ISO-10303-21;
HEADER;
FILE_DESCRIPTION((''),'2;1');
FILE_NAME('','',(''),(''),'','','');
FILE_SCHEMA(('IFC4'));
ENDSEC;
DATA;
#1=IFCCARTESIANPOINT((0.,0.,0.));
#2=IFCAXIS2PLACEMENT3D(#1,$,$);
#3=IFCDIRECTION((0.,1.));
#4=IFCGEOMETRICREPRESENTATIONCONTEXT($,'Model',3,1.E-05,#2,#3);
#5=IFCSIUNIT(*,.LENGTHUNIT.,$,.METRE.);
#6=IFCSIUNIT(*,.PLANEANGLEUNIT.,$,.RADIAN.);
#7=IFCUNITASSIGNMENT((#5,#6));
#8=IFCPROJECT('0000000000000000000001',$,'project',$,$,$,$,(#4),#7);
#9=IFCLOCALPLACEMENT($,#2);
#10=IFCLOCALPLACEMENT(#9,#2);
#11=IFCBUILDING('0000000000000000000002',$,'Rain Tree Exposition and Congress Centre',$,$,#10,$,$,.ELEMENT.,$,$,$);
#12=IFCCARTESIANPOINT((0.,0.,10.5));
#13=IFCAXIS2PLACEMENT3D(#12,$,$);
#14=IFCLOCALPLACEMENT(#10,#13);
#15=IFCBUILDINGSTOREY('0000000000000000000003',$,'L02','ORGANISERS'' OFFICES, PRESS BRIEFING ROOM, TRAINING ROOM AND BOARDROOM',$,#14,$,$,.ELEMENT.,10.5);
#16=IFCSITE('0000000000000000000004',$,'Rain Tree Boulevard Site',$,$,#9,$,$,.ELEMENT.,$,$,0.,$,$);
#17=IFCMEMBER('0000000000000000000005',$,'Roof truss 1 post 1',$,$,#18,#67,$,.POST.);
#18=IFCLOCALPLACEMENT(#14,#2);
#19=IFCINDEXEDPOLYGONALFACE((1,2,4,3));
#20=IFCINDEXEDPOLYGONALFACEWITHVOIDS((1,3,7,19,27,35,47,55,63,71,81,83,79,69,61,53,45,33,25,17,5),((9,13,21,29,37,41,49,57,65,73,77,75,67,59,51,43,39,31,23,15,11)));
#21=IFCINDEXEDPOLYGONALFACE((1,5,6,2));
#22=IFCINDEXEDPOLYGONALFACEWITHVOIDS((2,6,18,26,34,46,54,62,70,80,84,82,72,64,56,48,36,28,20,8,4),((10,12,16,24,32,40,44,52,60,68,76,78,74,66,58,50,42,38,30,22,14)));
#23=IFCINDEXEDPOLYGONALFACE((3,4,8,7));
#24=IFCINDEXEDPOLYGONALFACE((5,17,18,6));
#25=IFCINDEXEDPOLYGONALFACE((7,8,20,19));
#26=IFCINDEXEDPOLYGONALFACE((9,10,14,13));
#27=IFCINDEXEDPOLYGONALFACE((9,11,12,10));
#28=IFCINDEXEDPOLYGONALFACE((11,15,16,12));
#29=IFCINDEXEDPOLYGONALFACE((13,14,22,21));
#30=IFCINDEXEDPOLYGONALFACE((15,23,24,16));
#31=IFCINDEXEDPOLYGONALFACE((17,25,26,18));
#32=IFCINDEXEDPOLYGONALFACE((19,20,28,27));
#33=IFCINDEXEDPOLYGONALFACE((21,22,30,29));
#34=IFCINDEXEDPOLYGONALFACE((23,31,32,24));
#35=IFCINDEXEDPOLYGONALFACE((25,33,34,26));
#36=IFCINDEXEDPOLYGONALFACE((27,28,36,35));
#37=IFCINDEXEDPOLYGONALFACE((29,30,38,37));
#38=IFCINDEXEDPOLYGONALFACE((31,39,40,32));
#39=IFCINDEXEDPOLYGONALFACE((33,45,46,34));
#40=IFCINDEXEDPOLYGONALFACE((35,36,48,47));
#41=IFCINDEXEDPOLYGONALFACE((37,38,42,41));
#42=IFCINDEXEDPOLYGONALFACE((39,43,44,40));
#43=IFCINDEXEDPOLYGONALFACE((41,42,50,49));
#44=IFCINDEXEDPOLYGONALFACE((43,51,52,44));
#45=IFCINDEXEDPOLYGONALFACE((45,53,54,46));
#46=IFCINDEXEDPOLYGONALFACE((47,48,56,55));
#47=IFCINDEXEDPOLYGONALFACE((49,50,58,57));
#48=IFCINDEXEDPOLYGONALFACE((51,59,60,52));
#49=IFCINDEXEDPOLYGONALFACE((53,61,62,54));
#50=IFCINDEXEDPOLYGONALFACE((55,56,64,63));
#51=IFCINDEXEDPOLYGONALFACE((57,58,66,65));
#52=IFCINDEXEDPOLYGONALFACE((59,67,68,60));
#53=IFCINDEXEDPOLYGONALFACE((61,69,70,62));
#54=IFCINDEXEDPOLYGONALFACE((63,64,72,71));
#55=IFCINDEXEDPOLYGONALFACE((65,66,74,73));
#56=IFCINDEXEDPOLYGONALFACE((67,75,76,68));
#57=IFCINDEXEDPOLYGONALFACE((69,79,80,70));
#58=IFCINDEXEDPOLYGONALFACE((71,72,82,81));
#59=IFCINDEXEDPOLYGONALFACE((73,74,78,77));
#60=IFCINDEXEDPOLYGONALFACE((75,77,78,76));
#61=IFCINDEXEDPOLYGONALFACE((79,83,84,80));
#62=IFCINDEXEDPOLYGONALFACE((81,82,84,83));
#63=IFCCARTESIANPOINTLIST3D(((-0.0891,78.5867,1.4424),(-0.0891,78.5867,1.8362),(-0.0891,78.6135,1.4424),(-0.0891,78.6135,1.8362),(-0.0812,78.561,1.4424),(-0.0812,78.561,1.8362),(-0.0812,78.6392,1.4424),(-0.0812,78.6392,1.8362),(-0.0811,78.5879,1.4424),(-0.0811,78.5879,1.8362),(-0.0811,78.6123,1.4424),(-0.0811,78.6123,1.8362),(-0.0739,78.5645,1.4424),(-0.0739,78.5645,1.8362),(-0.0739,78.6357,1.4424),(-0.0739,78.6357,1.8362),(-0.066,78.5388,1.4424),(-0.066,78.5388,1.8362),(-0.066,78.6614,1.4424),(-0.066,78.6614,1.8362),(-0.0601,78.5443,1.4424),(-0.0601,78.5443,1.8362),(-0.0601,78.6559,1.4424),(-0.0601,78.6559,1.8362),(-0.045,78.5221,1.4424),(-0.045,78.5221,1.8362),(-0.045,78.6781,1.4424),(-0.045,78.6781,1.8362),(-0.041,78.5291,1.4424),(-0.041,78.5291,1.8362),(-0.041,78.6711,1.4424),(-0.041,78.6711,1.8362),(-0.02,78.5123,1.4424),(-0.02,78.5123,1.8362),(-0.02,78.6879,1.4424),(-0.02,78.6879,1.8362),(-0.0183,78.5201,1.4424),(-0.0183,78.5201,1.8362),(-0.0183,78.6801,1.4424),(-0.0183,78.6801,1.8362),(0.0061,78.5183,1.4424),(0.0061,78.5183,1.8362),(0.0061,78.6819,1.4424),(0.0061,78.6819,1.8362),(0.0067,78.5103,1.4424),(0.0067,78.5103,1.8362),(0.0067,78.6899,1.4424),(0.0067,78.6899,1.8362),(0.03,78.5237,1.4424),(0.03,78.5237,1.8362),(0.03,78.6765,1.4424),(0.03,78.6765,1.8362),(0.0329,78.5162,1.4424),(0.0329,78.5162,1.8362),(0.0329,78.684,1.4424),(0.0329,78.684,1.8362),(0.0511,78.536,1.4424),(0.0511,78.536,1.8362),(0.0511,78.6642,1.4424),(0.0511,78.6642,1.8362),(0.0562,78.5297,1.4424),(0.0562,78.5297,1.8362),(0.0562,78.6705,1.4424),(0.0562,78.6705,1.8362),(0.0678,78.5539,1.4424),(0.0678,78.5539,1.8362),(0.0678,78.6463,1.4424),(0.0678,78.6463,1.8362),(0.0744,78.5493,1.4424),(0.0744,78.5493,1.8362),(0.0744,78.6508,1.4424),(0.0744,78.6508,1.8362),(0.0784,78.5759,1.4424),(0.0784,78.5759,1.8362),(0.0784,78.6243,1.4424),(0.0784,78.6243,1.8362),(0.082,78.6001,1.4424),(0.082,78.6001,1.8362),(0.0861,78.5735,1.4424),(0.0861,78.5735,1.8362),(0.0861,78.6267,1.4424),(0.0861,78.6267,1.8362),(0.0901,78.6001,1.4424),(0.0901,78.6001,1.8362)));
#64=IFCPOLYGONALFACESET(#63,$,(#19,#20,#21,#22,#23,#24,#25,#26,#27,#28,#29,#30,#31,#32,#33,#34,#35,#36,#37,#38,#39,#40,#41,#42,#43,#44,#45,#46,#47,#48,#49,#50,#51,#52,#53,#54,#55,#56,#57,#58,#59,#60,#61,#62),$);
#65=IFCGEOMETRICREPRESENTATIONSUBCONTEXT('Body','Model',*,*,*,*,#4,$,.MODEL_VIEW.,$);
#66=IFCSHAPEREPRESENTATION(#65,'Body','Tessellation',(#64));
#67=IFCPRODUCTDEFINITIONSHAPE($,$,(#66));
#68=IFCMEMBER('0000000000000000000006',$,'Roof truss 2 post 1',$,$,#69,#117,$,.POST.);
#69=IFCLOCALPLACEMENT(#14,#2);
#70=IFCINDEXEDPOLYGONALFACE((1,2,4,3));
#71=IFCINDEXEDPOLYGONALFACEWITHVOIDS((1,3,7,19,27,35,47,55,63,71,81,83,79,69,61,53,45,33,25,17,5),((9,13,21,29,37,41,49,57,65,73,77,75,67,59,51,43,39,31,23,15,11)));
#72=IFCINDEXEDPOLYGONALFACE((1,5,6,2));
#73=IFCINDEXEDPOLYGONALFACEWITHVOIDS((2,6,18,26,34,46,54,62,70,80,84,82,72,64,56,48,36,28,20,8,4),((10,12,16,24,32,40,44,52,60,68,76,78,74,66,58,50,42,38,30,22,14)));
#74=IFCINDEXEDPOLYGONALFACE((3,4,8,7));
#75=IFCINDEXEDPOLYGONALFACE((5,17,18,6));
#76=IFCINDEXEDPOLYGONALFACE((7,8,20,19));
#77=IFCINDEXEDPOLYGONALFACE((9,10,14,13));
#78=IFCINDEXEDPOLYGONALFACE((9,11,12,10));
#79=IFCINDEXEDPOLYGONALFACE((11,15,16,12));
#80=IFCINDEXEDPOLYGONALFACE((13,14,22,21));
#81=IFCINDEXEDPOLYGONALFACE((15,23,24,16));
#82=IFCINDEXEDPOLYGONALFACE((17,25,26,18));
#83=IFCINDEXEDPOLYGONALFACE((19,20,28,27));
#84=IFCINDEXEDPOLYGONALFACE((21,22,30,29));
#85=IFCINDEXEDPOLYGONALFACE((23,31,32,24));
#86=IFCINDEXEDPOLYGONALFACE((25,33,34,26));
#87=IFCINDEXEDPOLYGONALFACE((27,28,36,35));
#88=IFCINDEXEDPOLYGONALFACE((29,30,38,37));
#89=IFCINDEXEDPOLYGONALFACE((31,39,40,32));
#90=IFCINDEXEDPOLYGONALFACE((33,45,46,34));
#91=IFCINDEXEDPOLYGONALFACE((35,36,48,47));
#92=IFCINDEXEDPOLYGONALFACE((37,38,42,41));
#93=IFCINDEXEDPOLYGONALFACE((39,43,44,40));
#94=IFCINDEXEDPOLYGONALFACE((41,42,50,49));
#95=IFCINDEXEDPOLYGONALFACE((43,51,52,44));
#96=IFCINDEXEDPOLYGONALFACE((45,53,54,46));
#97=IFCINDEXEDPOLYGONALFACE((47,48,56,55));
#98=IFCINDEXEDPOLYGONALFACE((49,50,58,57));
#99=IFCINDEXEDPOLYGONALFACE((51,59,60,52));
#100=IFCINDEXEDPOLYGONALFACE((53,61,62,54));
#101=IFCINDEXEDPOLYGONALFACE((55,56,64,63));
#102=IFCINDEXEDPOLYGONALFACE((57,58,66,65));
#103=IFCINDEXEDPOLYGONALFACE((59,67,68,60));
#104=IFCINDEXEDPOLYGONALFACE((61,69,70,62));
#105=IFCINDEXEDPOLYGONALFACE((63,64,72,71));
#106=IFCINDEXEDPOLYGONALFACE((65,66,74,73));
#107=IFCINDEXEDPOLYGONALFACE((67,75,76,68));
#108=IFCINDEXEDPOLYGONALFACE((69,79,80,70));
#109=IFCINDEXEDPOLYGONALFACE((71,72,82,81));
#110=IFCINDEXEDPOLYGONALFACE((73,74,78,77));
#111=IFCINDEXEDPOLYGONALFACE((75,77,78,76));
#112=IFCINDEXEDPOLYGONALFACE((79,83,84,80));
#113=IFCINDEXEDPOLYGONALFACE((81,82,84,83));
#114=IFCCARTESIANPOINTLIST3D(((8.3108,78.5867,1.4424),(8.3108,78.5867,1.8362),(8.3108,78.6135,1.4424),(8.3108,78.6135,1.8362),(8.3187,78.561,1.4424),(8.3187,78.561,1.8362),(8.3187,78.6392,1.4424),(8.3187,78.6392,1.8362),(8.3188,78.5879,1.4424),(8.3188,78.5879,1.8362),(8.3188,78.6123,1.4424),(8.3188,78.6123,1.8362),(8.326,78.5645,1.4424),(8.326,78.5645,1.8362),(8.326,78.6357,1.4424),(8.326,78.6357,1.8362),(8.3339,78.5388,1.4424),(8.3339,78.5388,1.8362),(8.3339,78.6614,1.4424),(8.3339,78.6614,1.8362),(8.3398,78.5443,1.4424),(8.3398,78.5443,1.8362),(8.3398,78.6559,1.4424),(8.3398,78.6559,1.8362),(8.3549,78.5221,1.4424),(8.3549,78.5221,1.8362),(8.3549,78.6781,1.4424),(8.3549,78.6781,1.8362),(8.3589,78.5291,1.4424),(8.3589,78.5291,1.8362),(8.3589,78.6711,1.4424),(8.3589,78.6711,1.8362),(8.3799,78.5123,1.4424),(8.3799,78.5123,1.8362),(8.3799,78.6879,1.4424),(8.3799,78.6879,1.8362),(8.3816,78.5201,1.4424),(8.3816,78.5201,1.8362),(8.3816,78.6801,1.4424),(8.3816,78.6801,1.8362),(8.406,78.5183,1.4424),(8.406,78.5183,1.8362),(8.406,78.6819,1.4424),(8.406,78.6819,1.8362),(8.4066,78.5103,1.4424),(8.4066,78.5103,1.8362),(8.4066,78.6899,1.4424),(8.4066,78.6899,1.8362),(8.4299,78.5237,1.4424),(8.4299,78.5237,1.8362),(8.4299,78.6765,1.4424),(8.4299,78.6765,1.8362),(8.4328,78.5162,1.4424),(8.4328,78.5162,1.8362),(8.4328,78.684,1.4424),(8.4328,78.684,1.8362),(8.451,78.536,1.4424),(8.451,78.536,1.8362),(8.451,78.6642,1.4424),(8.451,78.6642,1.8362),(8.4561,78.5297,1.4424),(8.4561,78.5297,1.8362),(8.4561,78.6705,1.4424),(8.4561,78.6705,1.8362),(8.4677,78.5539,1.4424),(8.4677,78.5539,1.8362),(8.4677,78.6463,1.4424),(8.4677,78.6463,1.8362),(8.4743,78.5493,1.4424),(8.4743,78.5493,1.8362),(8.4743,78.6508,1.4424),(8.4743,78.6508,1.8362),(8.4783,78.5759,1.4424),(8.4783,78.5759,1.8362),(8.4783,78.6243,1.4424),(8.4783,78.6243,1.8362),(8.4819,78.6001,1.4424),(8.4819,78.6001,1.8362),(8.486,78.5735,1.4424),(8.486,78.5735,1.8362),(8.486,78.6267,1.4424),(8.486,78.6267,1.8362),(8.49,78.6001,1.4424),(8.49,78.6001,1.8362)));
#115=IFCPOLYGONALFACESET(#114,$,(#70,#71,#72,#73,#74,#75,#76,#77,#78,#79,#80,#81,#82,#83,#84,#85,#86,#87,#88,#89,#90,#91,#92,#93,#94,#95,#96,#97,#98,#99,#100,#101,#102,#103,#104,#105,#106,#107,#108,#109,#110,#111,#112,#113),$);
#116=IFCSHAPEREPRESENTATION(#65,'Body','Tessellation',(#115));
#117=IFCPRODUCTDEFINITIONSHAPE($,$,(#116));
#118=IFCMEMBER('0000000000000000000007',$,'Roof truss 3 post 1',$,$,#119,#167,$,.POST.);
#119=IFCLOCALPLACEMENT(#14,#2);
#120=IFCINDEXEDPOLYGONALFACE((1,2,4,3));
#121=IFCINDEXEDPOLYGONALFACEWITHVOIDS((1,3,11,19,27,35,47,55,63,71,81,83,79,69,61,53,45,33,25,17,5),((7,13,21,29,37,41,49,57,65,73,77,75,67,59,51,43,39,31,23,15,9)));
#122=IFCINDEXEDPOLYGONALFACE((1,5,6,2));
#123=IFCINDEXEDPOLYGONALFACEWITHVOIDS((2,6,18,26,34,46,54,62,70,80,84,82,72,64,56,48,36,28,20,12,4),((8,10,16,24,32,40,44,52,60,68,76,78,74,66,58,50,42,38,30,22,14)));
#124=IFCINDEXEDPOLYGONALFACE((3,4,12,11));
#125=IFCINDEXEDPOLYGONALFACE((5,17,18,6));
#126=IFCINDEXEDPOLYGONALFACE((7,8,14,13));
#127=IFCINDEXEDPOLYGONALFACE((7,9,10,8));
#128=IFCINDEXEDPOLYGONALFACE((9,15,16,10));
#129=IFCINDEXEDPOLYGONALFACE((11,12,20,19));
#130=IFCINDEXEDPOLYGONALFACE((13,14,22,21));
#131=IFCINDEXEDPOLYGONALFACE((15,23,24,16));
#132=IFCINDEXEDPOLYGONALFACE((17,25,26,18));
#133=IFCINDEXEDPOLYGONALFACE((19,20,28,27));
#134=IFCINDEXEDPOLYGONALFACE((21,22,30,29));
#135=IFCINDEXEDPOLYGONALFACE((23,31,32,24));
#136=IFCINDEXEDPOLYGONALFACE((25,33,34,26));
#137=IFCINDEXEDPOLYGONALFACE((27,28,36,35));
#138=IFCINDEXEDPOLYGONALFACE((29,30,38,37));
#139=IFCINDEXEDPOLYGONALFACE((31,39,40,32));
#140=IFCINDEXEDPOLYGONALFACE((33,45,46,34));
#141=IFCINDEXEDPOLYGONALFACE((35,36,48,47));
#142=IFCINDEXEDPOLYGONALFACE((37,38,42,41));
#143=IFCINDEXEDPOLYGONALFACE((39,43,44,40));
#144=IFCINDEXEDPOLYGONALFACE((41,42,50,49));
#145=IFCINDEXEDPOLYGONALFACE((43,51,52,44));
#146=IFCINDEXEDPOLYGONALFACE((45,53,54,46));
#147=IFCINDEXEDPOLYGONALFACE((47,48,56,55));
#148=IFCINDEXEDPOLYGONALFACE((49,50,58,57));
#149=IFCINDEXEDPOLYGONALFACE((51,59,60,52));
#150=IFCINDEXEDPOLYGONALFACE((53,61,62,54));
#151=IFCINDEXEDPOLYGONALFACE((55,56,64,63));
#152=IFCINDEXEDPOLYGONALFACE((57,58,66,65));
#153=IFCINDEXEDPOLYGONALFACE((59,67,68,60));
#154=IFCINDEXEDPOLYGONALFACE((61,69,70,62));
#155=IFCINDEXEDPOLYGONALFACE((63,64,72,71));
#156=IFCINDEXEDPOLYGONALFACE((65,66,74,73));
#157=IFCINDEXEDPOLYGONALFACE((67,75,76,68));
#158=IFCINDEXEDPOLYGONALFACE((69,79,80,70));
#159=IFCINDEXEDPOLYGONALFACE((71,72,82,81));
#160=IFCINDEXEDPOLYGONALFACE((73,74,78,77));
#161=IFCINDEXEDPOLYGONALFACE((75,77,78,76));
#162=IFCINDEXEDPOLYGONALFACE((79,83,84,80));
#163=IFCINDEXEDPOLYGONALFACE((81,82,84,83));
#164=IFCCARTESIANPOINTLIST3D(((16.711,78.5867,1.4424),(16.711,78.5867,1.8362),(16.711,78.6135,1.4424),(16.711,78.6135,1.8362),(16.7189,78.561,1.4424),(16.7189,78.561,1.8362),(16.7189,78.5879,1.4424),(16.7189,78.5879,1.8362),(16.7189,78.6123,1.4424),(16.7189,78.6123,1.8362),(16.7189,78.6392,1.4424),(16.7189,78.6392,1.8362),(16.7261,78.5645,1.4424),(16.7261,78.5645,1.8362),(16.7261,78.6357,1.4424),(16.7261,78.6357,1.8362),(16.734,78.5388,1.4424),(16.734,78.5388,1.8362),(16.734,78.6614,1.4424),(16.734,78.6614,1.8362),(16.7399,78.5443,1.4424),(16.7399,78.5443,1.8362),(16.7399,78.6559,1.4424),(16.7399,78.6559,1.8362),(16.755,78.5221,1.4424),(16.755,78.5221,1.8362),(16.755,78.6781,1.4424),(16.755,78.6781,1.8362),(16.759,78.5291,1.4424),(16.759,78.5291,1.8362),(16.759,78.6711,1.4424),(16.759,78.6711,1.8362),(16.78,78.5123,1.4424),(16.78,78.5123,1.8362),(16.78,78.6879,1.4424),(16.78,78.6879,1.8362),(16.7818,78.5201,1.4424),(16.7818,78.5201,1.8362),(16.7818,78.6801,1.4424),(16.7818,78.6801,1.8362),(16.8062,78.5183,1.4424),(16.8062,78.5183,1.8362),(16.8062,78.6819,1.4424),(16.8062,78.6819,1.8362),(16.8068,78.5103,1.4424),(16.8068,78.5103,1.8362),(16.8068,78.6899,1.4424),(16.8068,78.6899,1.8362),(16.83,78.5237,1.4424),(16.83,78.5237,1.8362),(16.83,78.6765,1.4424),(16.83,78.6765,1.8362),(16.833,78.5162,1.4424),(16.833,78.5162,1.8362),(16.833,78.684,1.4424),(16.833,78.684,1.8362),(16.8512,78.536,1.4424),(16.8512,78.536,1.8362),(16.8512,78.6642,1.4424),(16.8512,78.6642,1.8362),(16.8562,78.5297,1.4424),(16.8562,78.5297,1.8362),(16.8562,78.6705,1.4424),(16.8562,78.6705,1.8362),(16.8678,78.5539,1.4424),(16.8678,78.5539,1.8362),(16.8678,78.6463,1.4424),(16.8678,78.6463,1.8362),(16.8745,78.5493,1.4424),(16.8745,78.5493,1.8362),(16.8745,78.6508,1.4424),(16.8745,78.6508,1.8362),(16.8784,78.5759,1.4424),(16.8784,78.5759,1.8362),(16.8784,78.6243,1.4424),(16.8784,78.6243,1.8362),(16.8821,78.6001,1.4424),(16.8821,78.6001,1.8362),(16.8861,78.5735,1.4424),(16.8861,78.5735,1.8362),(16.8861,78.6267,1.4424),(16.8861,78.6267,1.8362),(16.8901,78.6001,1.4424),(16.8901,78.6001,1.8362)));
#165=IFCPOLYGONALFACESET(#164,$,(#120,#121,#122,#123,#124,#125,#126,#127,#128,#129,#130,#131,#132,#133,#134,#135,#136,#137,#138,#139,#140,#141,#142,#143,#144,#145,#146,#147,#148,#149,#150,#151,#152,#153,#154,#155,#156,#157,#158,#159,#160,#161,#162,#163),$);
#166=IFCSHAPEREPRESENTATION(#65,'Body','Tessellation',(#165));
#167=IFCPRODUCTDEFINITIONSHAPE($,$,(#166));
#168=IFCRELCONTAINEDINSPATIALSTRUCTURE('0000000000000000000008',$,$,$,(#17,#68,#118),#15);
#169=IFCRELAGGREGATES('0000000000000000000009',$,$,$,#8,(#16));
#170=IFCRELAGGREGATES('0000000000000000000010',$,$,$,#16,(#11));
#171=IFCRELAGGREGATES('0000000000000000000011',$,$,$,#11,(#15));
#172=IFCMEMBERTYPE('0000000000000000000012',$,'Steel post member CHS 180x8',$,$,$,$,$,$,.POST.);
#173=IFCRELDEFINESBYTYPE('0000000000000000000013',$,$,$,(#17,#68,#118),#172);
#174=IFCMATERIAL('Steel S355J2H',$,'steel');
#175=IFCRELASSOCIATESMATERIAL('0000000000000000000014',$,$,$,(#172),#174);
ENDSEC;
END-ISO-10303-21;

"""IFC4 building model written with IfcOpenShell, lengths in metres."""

from ifc_helpers import new_model, si_unit, direction, frame, origin, origin_2d, place, context, subcontext, project, spatial, hollow_circle, extrude, material, material_profile, profile_set, type_object, element, save


model = new_model("IFC4")

# Units and contexts
model_context = context("Model", 3, precision=1e-05, world=origin(), true_north=direction((0.0, 1.0)))
body_context = subcontext(model_context, "Body", "Model", "MODEL_VIEW")
ifc_project = project(units=[si_unit("LENGTHUNIT", "METRE"), si_unit("PLANEANGLEUNIT", "RADIAN")], contexts=[model_context])

# Site, building, storey
site_placement = place(None, origin())
site = spatial("IfcSite", under=ifc_project, at=site_placement, Name="Rain Tree Boulevard Site", CompositionType="ELEMENT", RefElevation=0.0)
building_placement = place(site_placement, origin())
building = spatial("IfcBuilding", under=site, at=building_placement, Name="Rain Tree Exposition and Congress Centre", CompositionType="ELEMENT")
storey_placement = place(building_placement, frame((0.0, 0.0, 10.5)))
storey = spatial("IfcBuildingStorey", under=building, at=storey_placement, Name="L02", Description="ORGANISERS' OFFICES, PRESS BRIEFING ROOM, TRAINING ROOM AND BOARDROOM", CompositionType="ELEMENT", Elevation=10.5)

# Members
ifc_material_1 = material(Name="Steel S355J2H", Category="steel")
ifc_material_profile_1 = material_profile(ifc_material_1, hollow_circle(Radius=0.0901, WallThickness=0.0081, at=origin_2d()), Name="CHS 180x8")
ifc_profile_set_1 = profile_set([ifc_material_profile_1], Name="Steel S355J2H")
member_type_1 = type_object("IfcMemberType", Name="Steel post member CHS 180x8", PredefinedType="POST", material=ifc_profile_set_1)
for number, where, z_axis, x_axis, name in (
    (1, (0.0, 78.6001, 1.4424), (0.0, 0.0, 1.0), (1.0, 0.0, 0.0), "Roof truss 1 post 1"),
    (2, (8.3999, 78.6001, 1.4424), (0.0, 0.0, 1.0), (1.0, 0.0, 0.0), "Roof truss 2 post 1"),
    (3, (16.8, 78.6001, 1.4424), (0.0, 0.0, 1.0), (1.0, 0.0, 0.0), "Roof truss 3 post 1"),
):
    element("IfcMember", number, at=place(storey_placement, frame(where, z_axis=z_axis, x_axis=x_axis)), inside=storey, type_object=member_type_1, Name=name, PredefinedType="POST", context=body_context, shape_type="SweptSolid", body=[
        extrude(hollow_circle(Radius=0.0901, WallThickness=0.0081, at=origin_2d()), origin(), (0.0, 0.0, 1.0), 0.3938),
    ])

save(model, "model.ifc")
